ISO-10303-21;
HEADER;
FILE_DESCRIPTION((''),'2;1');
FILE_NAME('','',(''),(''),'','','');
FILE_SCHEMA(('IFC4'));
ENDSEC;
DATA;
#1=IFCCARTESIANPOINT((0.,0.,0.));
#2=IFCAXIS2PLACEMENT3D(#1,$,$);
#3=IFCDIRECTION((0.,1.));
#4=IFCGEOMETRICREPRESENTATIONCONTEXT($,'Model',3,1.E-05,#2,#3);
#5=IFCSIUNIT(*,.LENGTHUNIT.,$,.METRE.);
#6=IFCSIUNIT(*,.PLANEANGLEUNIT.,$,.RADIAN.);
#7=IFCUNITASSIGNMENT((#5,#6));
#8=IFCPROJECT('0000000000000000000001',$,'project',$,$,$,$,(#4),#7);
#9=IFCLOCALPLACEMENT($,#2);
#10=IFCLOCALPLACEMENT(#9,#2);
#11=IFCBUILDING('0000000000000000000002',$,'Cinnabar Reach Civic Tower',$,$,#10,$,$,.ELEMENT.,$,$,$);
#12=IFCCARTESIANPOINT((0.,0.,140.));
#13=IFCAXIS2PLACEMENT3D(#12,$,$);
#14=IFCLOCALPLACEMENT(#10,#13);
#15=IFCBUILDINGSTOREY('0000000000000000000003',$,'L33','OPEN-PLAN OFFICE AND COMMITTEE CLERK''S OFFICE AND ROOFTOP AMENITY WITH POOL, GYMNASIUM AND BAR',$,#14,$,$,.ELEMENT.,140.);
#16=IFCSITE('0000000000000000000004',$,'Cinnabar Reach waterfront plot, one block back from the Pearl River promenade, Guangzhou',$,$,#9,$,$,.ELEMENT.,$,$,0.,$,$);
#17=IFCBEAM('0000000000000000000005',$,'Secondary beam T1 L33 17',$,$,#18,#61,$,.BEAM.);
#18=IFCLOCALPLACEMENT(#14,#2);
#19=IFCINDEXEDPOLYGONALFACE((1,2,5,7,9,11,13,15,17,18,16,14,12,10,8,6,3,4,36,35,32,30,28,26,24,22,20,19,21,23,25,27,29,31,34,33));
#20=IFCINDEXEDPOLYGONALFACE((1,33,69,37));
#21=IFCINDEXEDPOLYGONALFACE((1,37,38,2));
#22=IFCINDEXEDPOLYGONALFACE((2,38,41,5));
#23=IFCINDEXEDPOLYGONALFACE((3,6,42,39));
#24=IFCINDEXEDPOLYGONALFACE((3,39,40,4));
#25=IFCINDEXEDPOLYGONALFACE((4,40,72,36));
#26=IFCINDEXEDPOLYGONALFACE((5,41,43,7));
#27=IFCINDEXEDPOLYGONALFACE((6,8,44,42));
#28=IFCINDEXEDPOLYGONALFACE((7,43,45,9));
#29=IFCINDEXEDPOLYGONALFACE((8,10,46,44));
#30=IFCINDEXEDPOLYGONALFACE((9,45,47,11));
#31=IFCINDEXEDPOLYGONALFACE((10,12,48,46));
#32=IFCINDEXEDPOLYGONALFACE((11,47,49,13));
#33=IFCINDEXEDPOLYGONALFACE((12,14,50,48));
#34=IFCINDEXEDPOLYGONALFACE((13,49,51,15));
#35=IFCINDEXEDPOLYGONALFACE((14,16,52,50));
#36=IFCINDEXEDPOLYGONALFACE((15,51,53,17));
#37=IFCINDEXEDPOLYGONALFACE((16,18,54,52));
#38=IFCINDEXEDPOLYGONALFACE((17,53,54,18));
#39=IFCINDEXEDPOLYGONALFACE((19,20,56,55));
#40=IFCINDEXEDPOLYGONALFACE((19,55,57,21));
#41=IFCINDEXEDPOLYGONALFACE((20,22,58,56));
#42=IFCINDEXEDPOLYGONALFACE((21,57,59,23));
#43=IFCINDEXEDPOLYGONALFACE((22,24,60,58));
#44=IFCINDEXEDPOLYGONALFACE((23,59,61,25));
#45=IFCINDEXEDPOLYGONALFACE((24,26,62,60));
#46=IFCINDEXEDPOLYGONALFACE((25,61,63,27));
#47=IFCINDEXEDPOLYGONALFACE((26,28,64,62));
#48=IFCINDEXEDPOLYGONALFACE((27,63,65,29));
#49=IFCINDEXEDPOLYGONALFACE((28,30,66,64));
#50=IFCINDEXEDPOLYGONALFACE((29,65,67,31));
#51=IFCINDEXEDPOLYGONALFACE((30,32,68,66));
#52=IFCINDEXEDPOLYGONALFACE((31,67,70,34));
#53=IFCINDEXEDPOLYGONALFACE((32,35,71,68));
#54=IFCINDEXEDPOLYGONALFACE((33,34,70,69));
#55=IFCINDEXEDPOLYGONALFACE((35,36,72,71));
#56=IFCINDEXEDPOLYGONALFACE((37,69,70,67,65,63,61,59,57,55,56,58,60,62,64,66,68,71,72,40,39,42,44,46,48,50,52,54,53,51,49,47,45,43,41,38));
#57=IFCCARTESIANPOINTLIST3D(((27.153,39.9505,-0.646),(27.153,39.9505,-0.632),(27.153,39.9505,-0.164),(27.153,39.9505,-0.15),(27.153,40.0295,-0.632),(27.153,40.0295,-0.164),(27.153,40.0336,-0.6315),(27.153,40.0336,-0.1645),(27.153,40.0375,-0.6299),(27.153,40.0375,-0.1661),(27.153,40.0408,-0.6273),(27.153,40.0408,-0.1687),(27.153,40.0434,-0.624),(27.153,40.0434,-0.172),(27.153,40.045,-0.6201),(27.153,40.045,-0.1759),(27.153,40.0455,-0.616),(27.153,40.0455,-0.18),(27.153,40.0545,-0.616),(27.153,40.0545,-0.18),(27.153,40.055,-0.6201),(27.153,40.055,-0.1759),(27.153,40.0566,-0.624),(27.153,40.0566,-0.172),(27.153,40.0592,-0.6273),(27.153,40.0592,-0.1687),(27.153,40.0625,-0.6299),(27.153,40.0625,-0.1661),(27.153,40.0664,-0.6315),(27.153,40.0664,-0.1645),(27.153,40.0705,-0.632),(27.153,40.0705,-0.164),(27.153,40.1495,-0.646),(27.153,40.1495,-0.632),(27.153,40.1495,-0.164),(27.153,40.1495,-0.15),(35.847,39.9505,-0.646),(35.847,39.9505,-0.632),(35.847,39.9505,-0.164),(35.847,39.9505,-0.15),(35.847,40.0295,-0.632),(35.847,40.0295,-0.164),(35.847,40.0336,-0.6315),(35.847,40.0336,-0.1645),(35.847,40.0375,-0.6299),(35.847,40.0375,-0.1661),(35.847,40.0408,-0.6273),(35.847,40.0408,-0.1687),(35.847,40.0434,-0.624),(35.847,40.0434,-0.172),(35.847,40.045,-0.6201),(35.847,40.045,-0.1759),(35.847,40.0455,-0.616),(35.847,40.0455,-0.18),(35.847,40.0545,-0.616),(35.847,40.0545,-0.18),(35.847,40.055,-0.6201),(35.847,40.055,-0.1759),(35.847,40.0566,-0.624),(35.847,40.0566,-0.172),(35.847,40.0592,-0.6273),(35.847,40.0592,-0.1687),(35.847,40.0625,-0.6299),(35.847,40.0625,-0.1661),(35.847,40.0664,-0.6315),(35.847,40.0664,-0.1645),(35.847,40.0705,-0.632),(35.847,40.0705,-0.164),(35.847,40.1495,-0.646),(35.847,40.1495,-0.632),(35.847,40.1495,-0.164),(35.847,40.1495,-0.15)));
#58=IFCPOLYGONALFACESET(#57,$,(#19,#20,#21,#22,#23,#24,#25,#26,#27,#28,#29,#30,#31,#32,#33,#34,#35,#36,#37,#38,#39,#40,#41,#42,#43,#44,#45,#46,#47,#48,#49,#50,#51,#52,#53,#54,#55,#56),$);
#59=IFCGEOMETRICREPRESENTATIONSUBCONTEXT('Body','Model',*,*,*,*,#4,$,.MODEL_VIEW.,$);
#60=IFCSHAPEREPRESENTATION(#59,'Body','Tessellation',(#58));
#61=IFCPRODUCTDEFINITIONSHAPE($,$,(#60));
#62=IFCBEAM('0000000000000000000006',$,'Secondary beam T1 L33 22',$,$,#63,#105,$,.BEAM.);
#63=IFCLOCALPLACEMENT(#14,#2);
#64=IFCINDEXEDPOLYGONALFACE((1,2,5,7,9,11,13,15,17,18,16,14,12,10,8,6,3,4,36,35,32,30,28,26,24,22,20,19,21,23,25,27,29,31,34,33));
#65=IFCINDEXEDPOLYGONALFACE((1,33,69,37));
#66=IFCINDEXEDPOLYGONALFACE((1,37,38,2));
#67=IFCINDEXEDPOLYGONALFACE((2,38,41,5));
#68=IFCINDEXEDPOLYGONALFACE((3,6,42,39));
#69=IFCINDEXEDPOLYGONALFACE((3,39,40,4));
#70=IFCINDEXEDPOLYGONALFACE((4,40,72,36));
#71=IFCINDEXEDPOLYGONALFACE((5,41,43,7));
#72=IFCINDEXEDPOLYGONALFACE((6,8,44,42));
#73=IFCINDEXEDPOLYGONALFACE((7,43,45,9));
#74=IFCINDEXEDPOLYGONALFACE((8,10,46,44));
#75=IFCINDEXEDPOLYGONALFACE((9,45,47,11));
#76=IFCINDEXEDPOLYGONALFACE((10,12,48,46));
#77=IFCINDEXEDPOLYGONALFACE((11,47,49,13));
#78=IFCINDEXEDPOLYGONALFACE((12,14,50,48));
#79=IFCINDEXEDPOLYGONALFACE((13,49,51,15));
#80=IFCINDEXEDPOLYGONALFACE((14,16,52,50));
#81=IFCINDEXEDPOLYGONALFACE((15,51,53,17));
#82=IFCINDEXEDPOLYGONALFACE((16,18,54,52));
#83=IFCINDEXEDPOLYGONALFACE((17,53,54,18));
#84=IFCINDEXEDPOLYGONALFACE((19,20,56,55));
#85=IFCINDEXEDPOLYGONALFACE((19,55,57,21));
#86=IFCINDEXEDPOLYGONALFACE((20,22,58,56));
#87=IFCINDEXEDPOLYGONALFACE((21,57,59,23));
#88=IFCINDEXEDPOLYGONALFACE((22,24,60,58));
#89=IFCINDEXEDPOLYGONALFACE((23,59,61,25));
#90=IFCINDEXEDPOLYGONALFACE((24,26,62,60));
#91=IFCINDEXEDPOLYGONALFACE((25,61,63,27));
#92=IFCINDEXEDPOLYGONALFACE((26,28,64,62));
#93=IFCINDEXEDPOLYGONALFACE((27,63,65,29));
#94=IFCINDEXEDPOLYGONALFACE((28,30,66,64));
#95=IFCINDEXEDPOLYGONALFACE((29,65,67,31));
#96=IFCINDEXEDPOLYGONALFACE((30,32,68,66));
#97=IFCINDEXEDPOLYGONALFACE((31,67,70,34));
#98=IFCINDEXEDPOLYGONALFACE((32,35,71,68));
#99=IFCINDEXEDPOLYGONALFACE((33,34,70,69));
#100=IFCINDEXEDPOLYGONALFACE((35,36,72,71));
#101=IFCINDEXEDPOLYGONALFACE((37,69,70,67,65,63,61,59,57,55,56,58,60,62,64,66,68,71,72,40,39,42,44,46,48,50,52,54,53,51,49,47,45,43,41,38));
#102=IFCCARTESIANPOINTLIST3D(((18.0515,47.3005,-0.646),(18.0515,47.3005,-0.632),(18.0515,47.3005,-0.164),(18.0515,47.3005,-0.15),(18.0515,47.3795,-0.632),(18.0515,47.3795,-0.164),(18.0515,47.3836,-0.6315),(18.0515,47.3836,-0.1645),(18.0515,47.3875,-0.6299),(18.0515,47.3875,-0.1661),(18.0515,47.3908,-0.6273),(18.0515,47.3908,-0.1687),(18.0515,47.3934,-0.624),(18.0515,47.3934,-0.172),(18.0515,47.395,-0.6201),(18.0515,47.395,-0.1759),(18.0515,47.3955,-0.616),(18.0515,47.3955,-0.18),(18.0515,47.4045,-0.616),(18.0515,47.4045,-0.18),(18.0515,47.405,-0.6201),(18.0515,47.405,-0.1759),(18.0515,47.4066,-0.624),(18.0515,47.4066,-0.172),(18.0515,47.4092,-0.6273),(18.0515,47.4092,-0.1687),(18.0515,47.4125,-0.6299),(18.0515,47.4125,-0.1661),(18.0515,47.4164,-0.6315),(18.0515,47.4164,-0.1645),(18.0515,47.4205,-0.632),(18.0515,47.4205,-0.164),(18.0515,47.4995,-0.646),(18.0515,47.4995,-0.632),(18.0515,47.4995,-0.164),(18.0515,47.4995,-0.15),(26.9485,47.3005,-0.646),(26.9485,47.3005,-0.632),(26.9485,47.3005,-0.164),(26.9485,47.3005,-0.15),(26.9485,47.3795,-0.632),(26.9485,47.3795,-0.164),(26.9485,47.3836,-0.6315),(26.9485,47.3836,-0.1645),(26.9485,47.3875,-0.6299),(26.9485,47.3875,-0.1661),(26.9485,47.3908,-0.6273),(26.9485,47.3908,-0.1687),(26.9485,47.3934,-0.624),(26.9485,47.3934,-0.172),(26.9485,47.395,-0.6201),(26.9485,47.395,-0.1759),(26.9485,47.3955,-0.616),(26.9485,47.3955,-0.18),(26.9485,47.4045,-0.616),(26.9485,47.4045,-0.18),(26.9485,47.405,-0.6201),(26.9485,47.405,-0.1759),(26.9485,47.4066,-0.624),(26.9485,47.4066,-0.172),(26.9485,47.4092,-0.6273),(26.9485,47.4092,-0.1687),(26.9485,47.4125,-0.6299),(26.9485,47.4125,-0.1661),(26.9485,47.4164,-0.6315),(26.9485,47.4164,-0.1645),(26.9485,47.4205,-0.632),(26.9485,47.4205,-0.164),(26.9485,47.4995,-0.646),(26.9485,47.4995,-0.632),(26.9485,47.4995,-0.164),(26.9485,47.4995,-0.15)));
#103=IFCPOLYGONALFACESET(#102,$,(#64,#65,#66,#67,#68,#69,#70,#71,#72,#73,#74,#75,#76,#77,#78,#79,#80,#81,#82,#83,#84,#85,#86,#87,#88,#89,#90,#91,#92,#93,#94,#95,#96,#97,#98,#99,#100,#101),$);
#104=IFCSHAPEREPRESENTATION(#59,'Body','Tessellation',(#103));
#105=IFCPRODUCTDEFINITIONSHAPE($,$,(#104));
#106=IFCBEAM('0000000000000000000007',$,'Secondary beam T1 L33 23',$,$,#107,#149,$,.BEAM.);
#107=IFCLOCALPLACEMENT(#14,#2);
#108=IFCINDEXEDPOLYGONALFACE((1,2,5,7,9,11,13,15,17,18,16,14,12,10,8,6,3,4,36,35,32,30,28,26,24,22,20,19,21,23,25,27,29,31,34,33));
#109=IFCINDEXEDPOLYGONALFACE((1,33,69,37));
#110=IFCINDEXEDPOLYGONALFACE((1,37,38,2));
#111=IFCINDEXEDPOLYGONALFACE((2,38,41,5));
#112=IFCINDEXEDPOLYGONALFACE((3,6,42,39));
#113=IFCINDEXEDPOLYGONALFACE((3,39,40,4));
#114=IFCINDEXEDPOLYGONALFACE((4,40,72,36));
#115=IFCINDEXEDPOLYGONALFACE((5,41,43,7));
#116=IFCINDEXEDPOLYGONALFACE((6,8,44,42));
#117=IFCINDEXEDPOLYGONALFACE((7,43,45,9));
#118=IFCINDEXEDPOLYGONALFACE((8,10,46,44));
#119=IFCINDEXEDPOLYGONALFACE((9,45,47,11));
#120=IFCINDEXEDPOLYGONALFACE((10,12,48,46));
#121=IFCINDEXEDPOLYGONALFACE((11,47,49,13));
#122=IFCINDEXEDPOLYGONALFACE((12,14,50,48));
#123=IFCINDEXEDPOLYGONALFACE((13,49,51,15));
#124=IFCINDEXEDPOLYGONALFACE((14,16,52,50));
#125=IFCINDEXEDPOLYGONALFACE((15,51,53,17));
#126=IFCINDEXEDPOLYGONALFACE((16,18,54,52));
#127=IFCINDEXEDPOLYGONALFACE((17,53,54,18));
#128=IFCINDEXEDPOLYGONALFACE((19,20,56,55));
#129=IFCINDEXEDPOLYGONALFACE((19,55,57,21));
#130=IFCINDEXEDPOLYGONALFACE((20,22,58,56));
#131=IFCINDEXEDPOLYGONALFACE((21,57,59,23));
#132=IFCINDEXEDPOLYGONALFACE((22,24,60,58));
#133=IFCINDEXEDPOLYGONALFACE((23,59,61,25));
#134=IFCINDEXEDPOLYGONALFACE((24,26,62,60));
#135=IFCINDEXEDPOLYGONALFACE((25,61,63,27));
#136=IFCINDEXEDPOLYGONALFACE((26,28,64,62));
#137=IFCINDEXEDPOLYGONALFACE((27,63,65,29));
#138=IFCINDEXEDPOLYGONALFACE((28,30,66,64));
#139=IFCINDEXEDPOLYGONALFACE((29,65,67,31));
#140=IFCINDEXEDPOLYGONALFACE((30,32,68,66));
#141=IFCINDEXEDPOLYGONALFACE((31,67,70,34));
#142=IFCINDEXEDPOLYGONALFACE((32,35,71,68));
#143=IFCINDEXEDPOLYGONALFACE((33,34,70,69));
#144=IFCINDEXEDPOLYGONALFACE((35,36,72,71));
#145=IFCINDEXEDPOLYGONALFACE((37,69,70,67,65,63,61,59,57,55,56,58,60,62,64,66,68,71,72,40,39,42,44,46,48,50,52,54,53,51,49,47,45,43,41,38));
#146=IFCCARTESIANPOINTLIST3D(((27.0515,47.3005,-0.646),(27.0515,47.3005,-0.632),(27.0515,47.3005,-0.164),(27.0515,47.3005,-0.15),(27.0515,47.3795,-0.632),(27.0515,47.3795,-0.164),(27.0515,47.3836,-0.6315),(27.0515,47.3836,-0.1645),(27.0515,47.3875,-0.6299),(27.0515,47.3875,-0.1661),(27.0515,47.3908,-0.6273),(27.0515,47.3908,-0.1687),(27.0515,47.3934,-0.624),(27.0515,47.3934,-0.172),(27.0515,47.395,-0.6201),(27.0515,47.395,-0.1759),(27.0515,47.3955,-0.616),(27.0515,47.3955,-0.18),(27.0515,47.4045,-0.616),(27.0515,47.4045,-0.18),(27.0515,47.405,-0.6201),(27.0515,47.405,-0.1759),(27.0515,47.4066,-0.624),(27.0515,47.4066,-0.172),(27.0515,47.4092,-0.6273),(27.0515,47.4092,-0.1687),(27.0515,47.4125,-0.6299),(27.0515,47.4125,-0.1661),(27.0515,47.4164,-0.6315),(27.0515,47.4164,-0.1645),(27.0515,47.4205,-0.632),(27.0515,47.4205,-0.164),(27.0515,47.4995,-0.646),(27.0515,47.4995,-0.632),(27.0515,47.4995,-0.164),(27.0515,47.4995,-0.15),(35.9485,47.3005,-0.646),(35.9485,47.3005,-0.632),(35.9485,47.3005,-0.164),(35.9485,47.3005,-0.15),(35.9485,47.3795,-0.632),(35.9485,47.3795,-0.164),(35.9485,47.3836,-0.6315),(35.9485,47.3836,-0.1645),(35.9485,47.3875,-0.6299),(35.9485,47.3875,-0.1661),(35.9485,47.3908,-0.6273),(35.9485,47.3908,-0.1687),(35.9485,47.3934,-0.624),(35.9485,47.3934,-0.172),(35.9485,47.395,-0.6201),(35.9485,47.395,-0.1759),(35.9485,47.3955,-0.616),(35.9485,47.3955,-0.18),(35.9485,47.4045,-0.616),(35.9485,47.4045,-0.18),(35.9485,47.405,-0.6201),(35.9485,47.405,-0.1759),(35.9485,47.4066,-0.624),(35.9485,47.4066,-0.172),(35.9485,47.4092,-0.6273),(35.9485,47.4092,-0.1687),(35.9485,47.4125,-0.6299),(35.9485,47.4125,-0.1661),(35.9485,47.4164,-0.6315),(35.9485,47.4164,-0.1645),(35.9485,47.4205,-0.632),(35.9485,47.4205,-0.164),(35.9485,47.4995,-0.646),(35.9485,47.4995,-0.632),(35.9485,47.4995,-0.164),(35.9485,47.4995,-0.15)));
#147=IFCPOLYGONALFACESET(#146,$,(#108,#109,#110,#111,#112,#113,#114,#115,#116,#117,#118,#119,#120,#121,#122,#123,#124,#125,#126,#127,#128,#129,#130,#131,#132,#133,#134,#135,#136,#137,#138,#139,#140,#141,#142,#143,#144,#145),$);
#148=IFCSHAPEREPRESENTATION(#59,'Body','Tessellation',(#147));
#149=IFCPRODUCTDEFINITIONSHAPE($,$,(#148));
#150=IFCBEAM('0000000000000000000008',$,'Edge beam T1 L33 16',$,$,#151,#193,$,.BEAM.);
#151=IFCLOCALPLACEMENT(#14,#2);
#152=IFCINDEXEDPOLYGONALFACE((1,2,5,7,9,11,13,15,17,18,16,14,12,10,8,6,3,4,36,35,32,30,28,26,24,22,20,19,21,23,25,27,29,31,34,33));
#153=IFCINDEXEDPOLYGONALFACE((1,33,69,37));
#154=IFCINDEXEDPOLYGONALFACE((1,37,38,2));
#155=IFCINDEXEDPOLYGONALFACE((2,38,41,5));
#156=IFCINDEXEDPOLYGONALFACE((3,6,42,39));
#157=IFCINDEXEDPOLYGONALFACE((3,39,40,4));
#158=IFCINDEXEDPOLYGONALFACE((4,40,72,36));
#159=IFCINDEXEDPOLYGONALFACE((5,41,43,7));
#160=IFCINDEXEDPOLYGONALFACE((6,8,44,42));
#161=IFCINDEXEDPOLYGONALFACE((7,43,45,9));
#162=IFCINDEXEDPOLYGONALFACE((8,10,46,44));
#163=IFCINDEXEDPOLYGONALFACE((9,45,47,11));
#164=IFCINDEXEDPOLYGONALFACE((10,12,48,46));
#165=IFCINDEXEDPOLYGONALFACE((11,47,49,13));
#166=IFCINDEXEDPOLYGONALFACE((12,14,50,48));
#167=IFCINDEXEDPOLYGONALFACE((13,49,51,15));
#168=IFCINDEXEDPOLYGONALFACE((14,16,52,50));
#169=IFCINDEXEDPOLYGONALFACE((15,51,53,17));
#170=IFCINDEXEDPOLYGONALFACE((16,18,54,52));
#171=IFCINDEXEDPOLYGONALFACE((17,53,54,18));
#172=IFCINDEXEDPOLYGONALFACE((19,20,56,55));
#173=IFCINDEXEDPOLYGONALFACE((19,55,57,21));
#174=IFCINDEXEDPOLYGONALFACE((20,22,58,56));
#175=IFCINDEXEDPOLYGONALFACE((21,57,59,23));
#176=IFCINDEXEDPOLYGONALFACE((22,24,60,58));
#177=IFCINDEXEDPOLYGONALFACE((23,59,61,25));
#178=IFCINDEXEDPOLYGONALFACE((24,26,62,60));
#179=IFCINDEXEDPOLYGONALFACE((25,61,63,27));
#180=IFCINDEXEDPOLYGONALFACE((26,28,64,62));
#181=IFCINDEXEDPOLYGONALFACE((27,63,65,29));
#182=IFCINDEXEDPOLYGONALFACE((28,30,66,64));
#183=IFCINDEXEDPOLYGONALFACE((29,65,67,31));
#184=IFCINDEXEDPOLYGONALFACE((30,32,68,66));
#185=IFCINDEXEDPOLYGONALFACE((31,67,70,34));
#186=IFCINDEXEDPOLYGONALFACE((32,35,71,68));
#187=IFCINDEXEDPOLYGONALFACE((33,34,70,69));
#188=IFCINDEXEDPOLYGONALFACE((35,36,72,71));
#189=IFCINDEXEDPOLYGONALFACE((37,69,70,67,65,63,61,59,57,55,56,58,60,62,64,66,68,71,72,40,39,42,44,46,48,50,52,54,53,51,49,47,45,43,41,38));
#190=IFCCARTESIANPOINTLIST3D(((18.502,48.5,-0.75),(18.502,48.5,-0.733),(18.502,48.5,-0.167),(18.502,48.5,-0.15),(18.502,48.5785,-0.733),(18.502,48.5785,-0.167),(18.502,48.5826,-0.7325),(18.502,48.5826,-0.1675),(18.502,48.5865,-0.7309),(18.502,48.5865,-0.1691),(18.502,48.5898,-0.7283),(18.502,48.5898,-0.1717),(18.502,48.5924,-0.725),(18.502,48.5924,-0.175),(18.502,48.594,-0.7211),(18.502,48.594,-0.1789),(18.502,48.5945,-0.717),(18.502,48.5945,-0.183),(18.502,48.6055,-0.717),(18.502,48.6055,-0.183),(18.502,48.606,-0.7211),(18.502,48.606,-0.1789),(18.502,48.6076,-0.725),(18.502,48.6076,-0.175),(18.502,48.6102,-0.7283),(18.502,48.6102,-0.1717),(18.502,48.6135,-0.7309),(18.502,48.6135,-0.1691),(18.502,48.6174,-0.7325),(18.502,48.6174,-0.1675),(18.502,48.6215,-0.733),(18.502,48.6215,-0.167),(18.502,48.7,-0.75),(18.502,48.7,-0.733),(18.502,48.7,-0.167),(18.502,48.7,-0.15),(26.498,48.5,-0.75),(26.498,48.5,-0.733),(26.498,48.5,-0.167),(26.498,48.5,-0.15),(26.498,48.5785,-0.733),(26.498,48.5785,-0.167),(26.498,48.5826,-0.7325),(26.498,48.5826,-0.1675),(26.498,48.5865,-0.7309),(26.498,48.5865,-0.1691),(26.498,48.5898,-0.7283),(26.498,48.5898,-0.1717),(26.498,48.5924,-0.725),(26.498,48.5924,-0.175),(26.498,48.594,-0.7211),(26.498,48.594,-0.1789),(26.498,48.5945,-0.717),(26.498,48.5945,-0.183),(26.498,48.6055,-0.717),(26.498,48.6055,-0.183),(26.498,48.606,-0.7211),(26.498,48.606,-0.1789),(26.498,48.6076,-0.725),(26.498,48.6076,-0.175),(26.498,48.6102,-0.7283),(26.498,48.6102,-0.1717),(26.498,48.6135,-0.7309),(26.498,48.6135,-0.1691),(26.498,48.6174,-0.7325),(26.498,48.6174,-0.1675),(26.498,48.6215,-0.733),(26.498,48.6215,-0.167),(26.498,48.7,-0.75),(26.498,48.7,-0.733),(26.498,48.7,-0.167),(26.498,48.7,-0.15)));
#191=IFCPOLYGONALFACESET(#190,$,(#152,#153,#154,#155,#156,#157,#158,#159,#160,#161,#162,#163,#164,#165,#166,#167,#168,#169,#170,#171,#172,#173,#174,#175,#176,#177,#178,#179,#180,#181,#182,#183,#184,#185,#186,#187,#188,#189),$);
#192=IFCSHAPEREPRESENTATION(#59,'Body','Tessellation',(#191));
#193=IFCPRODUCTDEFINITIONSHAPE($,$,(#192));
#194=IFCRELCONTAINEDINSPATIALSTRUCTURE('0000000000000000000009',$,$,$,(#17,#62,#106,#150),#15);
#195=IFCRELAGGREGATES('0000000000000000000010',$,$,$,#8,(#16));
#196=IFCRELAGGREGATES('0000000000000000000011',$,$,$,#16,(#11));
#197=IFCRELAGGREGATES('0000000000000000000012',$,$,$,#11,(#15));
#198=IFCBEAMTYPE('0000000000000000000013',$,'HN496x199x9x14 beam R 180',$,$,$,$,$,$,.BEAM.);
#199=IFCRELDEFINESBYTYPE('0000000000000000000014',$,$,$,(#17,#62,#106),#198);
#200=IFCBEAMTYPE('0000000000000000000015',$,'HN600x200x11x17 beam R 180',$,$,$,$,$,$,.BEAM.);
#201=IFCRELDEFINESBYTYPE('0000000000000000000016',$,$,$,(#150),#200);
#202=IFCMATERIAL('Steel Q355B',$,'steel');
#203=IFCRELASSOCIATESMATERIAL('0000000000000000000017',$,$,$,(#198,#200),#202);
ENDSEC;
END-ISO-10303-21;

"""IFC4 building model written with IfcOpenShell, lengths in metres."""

from ifc_helpers import new_model, si_unit, direction, frame, origin, origin_2d, place, context, subcontext, project, spatial, i_section, extrude, material, material_profile, profile_set, type_object, element, save


model = new_model("IFC4")

# Units and contexts
model_context = context("Model", 3, precision=1e-05, world=origin(), true_north=direction((0.0, 1.0)))
body_context = subcontext(model_context, "Body", "Model", "MODEL_VIEW")
ifc_project = project(units=[si_unit("LENGTHUNIT", "METRE"), si_unit("PLANEANGLEUNIT", "RADIAN")], contexts=[model_context])

# Site, building, storey
site_placement = place(None, origin())
site = spatial("IfcSite", under=ifc_project, at=site_placement, Name="Cinnabar Reach waterfront plot, one block back from the Pearl River promenade, Guangzhou", CompositionType="ELEMENT", RefElevation=0.0)
building_placement = place(site_placement, origin())
building = spatial("IfcBuilding", under=site, at=building_placement, Name="Cinnabar Reach Civic Tower", CompositionType="ELEMENT")
storey_placement = place(building_placement, frame((0.0, 0.0, 140.0)))
storey = spatial("IfcBuildingStorey", under=building, at=storey_placement, Name="L33", Description="OPEN-PLAN OFFICE AND COMMITTEE CLERK'S OFFICE AND ROOFTOP AMENITY WITH POOL, GYMNASIUM AND BAR", CompositionType="ELEMENT", Elevation=140.0)

# Beams
ifc_material_1 = material(Name="Steel Q355B", Category="steel")
ifc_material_profile_1 = material_profile(ifc_material_1, i_section(OverallWidth=0.199, OverallDepth=0.496, WebThickness=0.009, FlangeThickness=0.014, FilletRadius=0.016, at=origin_2d()), Name="HN496x199x9x14")
ifc_profile_set_1 = profile_set([ifc_material_profile_1], Name="Steel Q355B")
beam_type_1 = type_object("IfcBeamType", Name="HN496x199x9x14 beam R 180", PredefinedType="BEAM", material=ifc_profile_set_1)
beam_1_placement = place(storey_placement, frame((27.153, 40.05, -0.398), z_axis=(1.0, 0.0, 0.0), x_axis=(0.0, 1.0, 0.0)))
element("IfcBeam", 1, at=beam_1_placement, inside=storey, type_object=beam_type_1, Name="Secondary beam T1 L33 17", PredefinedType="BEAM", context=body_context, shape_type="SweptSolid", body=[
    extrude(i_section(OverallWidth=0.199, OverallDepth=0.496, WebThickness=0.009, FlangeThickness=0.014, FilletRadius=0.016, at=origin_2d()), origin(), (0.0, 0.0, 1.0), 8.694),
])
for number, where, z_axis, x_axis, name in (
    (2, (18.0515, 47.4, -0.398), (1.0, 0.0, 0.0), (0.0, 1.0, 0.0), "Secondary beam T1 L33 22"),
    (3, (27.0515, 47.4, -0.398), (1.0, 0.0, 0.0), (0.0, 1.0, 0.0), "Secondary beam T1 L33 23"),
):
    element("IfcBeam", number, at=place(storey_placement, frame(where, z_axis=z_axis, x_axis=x_axis)), inside=storey, type_object=beam_type_1, Name=name, PredefinedType="BEAM", context=body_context, shape_type="SweptSolid", body=[
        extrude(i_section(OverallWidth=0.199, OverallDepth=0.496, WebThickness=0.009, FlangeThickness=0.014, FilletRadius=0.016, at=origin_2d()), origin(), (0.0, 0.0, 1.0), 8.897),
    ])
ifc_material_profile_2 = material_profile(ifc_material_1, i_section(OverallWidth=0.2, OverallDepth=0.6, WebThickness=0.011, FlangeThickness=0.017, FilletRadius=0.016, at=origin_2d()), Name="HN600x200x11x17")
ifc_profile_set_2 = profile_set([ifc_material_profile_2], Name="Steel Q355B")
beam_type_2 = type_object("IfcBeamType", Name="HN600x200x11x17 beam R 180", PredefinedType="BEAM", material=ifc_profile_set_2)
for number, where, z_axis, x_axis, name in (
    (4, (26.498, 48.6, -0.45), (-1.0, 0.0, 0.0), (0.0, -1.0, 0.0), "Edge beam T1 L33 16"),
):
    element("IfcBeam", number, at=place(storey_placement, frame(where, z_axis=z_axis, x_axis=x_axis)), inside=storey, type_object=beam_type_2, Name=name, PredefinedType="BEAM", context=body_context, shape_type="SweptSolid", body=[
        extrude(i_section(OverallWidth=0.2, OverallDepth=0.6, WebThickness=0.011, FlangeThickness=0.017, FilletRadius=0.016, at=origin_2d()), origin(), (0.0, 0.0, 1.0), 7.996),
    ])

save(model, "model.ifc")
